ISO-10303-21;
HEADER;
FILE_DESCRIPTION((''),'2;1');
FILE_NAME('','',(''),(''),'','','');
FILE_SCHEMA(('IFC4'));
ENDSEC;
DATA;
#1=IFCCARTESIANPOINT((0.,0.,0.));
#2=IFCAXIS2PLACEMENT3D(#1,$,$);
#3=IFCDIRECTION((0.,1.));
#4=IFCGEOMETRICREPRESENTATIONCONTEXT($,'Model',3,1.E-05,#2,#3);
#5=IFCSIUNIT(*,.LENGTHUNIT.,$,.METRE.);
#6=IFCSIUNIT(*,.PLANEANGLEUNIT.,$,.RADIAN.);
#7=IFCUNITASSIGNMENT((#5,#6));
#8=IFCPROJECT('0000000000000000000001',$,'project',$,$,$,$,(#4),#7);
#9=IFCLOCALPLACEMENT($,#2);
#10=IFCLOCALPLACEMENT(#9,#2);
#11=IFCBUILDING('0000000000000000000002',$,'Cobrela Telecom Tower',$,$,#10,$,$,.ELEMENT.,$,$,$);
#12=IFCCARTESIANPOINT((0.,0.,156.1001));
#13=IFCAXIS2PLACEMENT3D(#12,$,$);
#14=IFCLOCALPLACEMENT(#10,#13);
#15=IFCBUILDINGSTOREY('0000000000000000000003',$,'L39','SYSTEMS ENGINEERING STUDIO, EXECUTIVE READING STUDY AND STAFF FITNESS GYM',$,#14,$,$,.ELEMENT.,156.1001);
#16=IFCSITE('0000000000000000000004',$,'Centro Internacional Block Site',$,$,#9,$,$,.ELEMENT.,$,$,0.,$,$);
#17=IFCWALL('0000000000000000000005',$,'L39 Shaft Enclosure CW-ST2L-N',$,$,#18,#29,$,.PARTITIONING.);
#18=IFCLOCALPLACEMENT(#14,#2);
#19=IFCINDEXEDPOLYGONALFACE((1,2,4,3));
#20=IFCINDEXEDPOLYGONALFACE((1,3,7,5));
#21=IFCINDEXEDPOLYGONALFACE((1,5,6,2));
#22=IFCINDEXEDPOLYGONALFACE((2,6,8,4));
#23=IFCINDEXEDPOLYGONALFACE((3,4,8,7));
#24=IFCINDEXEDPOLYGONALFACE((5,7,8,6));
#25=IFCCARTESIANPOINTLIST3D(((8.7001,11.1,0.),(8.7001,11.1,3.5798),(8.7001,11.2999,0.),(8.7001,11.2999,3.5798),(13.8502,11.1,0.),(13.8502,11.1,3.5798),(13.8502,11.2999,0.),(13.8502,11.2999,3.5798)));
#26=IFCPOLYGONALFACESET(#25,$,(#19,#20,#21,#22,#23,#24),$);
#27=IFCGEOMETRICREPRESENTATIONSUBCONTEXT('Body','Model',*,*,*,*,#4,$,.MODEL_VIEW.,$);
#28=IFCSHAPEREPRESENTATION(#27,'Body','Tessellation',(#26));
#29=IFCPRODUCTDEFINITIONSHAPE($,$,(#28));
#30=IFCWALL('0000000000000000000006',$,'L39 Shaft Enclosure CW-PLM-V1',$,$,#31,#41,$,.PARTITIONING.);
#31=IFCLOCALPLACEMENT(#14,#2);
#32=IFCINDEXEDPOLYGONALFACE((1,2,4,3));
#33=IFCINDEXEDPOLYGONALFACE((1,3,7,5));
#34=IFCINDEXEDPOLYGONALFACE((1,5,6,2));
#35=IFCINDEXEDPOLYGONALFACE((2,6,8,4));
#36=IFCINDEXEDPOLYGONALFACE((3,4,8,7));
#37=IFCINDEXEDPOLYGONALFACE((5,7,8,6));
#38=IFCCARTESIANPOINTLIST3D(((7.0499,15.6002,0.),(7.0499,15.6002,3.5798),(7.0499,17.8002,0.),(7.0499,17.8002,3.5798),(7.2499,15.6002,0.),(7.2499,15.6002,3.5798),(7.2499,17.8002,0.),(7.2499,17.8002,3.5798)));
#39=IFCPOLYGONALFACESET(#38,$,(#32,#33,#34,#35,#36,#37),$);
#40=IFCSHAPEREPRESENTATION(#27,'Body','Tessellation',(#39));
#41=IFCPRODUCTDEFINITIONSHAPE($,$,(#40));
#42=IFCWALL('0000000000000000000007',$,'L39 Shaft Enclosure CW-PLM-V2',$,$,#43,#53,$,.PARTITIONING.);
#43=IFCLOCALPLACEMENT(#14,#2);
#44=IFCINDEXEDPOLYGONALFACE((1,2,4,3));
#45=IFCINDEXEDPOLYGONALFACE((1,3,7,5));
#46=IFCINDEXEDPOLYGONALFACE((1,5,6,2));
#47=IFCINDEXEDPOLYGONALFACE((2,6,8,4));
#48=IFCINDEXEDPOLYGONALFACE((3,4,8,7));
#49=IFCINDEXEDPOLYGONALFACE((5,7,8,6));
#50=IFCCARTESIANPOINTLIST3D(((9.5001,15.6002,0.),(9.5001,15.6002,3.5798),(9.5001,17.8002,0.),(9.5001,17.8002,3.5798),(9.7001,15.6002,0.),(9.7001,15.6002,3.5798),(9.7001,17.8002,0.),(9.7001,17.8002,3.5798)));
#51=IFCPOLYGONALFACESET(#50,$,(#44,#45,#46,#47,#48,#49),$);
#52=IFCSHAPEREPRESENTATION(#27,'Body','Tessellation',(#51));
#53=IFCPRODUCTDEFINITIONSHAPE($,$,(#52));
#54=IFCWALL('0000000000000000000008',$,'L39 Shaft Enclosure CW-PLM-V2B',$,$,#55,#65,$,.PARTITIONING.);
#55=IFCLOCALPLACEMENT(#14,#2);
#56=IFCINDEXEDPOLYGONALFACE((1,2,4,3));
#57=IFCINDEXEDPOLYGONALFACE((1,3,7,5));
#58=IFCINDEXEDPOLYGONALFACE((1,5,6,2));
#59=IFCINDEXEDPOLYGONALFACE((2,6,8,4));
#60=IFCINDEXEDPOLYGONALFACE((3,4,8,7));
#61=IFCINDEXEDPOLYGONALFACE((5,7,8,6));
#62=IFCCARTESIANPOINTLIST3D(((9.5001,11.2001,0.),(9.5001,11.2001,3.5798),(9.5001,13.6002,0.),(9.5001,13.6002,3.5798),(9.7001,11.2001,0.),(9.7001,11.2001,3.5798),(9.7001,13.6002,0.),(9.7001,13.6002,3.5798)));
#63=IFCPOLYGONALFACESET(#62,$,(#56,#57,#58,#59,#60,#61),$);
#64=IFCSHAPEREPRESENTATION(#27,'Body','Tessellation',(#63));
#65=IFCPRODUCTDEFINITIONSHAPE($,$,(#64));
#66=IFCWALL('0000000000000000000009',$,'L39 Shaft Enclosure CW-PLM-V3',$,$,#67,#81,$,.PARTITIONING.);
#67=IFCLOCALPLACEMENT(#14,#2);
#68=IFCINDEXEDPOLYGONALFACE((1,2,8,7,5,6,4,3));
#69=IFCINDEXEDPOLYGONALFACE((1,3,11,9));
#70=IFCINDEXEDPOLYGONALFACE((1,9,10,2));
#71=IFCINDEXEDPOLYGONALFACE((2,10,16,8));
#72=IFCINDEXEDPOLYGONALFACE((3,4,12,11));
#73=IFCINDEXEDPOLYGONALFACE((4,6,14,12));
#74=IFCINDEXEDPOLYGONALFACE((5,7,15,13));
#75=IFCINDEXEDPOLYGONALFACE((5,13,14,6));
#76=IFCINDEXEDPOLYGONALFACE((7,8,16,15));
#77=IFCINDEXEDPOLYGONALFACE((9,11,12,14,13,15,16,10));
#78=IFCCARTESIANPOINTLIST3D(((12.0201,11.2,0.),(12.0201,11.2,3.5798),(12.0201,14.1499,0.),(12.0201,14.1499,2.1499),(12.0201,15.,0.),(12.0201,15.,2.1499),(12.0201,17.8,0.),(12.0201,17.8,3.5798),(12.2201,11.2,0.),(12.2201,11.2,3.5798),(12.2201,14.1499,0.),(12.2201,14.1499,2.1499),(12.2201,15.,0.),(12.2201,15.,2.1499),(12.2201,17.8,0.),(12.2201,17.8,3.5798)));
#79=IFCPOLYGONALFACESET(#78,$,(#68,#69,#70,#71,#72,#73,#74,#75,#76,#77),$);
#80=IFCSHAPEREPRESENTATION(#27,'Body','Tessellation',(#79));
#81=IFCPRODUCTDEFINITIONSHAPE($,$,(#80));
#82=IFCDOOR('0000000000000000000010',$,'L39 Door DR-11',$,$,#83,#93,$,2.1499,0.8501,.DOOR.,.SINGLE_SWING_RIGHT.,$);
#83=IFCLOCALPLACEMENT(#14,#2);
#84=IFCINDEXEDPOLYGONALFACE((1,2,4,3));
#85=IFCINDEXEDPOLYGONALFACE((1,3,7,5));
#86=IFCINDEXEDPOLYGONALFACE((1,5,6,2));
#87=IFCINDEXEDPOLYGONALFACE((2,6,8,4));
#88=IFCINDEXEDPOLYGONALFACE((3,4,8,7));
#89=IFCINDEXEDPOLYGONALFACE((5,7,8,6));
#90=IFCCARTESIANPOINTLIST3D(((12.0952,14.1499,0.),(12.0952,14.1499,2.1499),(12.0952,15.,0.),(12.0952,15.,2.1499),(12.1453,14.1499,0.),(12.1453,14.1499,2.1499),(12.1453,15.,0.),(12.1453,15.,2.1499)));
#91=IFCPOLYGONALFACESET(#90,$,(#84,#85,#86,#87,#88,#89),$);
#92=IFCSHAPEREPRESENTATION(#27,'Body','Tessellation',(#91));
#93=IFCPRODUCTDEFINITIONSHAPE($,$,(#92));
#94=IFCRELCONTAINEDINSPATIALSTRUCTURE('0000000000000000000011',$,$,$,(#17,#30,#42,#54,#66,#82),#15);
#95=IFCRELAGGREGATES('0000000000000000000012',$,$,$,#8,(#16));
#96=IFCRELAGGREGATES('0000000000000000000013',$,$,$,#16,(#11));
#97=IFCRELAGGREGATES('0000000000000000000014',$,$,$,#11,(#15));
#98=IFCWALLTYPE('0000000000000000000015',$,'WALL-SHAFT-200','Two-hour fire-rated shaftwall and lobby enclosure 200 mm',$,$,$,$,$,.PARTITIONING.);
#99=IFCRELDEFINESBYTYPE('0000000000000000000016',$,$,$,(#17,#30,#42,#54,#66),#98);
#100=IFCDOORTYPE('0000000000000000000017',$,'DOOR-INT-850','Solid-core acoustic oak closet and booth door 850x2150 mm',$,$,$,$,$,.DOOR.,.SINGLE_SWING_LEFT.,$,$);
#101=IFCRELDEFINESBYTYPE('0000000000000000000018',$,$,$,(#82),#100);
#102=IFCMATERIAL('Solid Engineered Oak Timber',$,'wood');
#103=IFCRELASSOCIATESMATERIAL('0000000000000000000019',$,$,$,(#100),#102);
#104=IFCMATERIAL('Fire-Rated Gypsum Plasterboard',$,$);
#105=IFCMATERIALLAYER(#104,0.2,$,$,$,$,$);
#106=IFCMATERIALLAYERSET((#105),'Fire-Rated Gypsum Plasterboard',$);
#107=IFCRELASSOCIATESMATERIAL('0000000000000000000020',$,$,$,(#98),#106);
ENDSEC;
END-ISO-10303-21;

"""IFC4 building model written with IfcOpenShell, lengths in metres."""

from ifc_helpers import new_model, si_unit, direction, frame, frame_2d, origin, place, context, subcontext, project, spatial, rectangle, extrude, material, layer, layer_set, type_object, element, fill, save


model = new_model("IFC4")

# Units and contexts
model_context = context("Model", 3, precision=1e-05, world=origin(), true_north=direction((0.0, 1.0)))
body_context = subcontext(model_context, "Body", "Model", "MODEL_VIEW")
ifc_project = project(units=[si_unit("LENGTHUNIT", "METRE"), si_unit("PLANEANGLEUNIT", "RADIAN")], contexts=[model_context])

# Site, building, storey
site_placement = place(None, origin())
site = spatial("IfcSite", under=ifc_project, at=site_placement, Name="Centro Internacional Block Site", CompositionType="ELEMENT", RefElevation=0.0)
building_placement = place(site_placement, origin())
building = spatial("IfcBuilding", under=site, at=building_placement, Name="Cobrela Telecom Tower", CompositionType="ELEMENT")
storey_placement = place(building_placement, frame((0.0, 0.0, 156.1001)))
storey = spatial("IfcBuildingStorey", under=building, at=storey_placement, Name="L39", Description="SYSTEMS ENGINEERING STUDIO, EXECUTIVE READING STUDY AND STAFF FITNESS GYM", CompositionType="ELEMENT", Elevation=156.1001)

# Shared definitions
ifc_material_1 = material(Name="Fire-Rated Gypsum Plasterboard")
ifc_material_2 = material(Name="Solid Engineered Oak Timber", Category="wood")

# Shared definitions
door_type_1 = type_object("IfcDoorType", Name="DOOR-INT-850", Description="Solid-core acoustic oak closet and booth door 850x2150 mm", OperationType="SINGLE_SWING_LEFT", PredefinedType="DOOR", material=ifc_material_2)

# Walls
ifc_layer_1 = layer(ifc_material_1, 0.2)
ifc_layer_set_1 = layer_set([ifc_layer_1], Name="Fire-Rated Gypsum Plasterboard")
wall_type_1 = type_object("IfcWallType", Name="WALL-SHAFT-200", Description="Two-hour fire-rated shaftwall and lobby enclosure 200 mm", PredefinedType="PARTITIONING", material=ifc_layer_set_1)
wall_1_placement = place(storey_placement, frame((8.7, 11.2, 0.0), z_axis=(0.0, 0.0, 1.0), x_axis=(1.0, 0.0, 0.0)))
element("IfcWall", 1, at=wall_1_placement, inside=storey, type_object=wall_type_1, Name="L39 Shaft Enclosure CW-ST2L-N", PredefinedType="PARTITIONING", context=body_context, shape_type="SweptSolid", body=[
    extrude(rectangle(XDim=5.1501, YDim=0.2, at=frame_2d((2.5752, 0.0))), origin(), (0.0, 0.0, 1.0), 3.5798),
])
for number, where, z_axis, x_axis, name in (
    (2, (7.1499, 15.6001, 0.0), (0.0, 0.0, 1.0), (0.0, 1.0, 0.0), "L39 Shaft Enclosure CW-PLM-V1"),
    (3, (9.6001, 15.6001, 0.0), (0.0, 0.0, 1.0), (0.0, 1.0, 0.0), "L39 Shaft Enclosure CW-PLM-V2"),
):
    element("IfcWall", number, at=place(storey_placement, frame(where, z_axis=z_axis, x_axis=x_axis)), inside=storey, type_object=wall_type_1, Name=name, PredefinedType="PARTITIONING", context=body_context, shape_type="SweptSolid", body=[
        extrude(rectangle(XDim=2.2, YDim=0.2, at=frame_2d((1.1001, 0.0))), origin(), (0.0, 0.0, 1.0), 3.5798),
    ])
wall_2_placement = place(storey_placement, frame((9.6001, 11.2, 0.0), z_axis=(0.0, 0.0, 1.0), x_axis=(0.0, 1.0, 0.0)))
element("IfcWall", 4, at=wall_2_placement, inside=storey, type_object=wall_type_1, Name="L39 Shaft Enclosure CW-PLM-V2B", PredefinedType="PARTITIONING", context=body_context, shape_type="SweptSolid", body=[
    extrude(rectangle(XDim=2.4001, YDim=0.2, at=frame_2d((1.2002, 0.0))), origin(), (0.0, 0.0, 1.0), 3.5798),
])

# Wall, opening, door
wall_3_placement = place(storey_placement, frame((12.1201, 11.2, 0.0), z_axis=(0.0, 0.0, 1.0), x_axis=(0.0, 1.0, 0.0)))
wall_3 = element("IfcWall", 5, at=wall_3_placement, inside=storey, type_object=wall_type_1, Name="L39 Shaft Enclosure CW-PLM-V3", PredefinedType="PARTITIONING", context=body_context, shape_type="SweptSolid", body=[
    extrude(rectangle(XDim=6.6001, YDim=0.2, at=frame_2d((3.3, 0.0))), origin(), (0.0, 0.0, 1.0), 3.5798),
])
opening_1_placement = place(wall_3_placement, frame((2.95, 0.0, 0.0)))
opening_1 = element("IfcOpeningElement", 6, at=opening_1_placement, cuts=wall_3, PredefinedType="OPENING", context=body_context, shape_type="SweptSolid", body=[
    extrude(rectangle(XDim=0.8501, YDim=2.1499, at=frame_2d((0.425, 1.075))), frame((0.0, 0.1118, 0.0), z_axis=(0.0, -1.0, 0.0), x_axis=(1.0, 0.0, 0.0)), (0.0, 0.0, 1.0), 0.2239),
])
door_1_placement = place(opening_1_placement, origin())
door_1 = element("IfcDoor", 7, at=door_1_placement, inside=storey, type_object=door_type_1, Name="L39 Door DR-11", OperationType="SINGLE_SWING_RIGHT", OverallHeight=2.1499, OverallWidth=0.8501, PredefinedType="DOOR", context=body_context, shape_type="SweptSolid", body=[
    extrude(rectangle(XDim=0.8501, YDim=2.1499, at=frame_2d((0.425, 1.075))), frame((0.0, 0.0249, 0.0), z_axis=(0.0, -1.0, 0.0), x_axis=(1.0, 0.0, 0.0)), (0.0, 0.0, 1.0), 0.05),
])
fill(opening_1, door_1)

save(model, "model.ifc")
